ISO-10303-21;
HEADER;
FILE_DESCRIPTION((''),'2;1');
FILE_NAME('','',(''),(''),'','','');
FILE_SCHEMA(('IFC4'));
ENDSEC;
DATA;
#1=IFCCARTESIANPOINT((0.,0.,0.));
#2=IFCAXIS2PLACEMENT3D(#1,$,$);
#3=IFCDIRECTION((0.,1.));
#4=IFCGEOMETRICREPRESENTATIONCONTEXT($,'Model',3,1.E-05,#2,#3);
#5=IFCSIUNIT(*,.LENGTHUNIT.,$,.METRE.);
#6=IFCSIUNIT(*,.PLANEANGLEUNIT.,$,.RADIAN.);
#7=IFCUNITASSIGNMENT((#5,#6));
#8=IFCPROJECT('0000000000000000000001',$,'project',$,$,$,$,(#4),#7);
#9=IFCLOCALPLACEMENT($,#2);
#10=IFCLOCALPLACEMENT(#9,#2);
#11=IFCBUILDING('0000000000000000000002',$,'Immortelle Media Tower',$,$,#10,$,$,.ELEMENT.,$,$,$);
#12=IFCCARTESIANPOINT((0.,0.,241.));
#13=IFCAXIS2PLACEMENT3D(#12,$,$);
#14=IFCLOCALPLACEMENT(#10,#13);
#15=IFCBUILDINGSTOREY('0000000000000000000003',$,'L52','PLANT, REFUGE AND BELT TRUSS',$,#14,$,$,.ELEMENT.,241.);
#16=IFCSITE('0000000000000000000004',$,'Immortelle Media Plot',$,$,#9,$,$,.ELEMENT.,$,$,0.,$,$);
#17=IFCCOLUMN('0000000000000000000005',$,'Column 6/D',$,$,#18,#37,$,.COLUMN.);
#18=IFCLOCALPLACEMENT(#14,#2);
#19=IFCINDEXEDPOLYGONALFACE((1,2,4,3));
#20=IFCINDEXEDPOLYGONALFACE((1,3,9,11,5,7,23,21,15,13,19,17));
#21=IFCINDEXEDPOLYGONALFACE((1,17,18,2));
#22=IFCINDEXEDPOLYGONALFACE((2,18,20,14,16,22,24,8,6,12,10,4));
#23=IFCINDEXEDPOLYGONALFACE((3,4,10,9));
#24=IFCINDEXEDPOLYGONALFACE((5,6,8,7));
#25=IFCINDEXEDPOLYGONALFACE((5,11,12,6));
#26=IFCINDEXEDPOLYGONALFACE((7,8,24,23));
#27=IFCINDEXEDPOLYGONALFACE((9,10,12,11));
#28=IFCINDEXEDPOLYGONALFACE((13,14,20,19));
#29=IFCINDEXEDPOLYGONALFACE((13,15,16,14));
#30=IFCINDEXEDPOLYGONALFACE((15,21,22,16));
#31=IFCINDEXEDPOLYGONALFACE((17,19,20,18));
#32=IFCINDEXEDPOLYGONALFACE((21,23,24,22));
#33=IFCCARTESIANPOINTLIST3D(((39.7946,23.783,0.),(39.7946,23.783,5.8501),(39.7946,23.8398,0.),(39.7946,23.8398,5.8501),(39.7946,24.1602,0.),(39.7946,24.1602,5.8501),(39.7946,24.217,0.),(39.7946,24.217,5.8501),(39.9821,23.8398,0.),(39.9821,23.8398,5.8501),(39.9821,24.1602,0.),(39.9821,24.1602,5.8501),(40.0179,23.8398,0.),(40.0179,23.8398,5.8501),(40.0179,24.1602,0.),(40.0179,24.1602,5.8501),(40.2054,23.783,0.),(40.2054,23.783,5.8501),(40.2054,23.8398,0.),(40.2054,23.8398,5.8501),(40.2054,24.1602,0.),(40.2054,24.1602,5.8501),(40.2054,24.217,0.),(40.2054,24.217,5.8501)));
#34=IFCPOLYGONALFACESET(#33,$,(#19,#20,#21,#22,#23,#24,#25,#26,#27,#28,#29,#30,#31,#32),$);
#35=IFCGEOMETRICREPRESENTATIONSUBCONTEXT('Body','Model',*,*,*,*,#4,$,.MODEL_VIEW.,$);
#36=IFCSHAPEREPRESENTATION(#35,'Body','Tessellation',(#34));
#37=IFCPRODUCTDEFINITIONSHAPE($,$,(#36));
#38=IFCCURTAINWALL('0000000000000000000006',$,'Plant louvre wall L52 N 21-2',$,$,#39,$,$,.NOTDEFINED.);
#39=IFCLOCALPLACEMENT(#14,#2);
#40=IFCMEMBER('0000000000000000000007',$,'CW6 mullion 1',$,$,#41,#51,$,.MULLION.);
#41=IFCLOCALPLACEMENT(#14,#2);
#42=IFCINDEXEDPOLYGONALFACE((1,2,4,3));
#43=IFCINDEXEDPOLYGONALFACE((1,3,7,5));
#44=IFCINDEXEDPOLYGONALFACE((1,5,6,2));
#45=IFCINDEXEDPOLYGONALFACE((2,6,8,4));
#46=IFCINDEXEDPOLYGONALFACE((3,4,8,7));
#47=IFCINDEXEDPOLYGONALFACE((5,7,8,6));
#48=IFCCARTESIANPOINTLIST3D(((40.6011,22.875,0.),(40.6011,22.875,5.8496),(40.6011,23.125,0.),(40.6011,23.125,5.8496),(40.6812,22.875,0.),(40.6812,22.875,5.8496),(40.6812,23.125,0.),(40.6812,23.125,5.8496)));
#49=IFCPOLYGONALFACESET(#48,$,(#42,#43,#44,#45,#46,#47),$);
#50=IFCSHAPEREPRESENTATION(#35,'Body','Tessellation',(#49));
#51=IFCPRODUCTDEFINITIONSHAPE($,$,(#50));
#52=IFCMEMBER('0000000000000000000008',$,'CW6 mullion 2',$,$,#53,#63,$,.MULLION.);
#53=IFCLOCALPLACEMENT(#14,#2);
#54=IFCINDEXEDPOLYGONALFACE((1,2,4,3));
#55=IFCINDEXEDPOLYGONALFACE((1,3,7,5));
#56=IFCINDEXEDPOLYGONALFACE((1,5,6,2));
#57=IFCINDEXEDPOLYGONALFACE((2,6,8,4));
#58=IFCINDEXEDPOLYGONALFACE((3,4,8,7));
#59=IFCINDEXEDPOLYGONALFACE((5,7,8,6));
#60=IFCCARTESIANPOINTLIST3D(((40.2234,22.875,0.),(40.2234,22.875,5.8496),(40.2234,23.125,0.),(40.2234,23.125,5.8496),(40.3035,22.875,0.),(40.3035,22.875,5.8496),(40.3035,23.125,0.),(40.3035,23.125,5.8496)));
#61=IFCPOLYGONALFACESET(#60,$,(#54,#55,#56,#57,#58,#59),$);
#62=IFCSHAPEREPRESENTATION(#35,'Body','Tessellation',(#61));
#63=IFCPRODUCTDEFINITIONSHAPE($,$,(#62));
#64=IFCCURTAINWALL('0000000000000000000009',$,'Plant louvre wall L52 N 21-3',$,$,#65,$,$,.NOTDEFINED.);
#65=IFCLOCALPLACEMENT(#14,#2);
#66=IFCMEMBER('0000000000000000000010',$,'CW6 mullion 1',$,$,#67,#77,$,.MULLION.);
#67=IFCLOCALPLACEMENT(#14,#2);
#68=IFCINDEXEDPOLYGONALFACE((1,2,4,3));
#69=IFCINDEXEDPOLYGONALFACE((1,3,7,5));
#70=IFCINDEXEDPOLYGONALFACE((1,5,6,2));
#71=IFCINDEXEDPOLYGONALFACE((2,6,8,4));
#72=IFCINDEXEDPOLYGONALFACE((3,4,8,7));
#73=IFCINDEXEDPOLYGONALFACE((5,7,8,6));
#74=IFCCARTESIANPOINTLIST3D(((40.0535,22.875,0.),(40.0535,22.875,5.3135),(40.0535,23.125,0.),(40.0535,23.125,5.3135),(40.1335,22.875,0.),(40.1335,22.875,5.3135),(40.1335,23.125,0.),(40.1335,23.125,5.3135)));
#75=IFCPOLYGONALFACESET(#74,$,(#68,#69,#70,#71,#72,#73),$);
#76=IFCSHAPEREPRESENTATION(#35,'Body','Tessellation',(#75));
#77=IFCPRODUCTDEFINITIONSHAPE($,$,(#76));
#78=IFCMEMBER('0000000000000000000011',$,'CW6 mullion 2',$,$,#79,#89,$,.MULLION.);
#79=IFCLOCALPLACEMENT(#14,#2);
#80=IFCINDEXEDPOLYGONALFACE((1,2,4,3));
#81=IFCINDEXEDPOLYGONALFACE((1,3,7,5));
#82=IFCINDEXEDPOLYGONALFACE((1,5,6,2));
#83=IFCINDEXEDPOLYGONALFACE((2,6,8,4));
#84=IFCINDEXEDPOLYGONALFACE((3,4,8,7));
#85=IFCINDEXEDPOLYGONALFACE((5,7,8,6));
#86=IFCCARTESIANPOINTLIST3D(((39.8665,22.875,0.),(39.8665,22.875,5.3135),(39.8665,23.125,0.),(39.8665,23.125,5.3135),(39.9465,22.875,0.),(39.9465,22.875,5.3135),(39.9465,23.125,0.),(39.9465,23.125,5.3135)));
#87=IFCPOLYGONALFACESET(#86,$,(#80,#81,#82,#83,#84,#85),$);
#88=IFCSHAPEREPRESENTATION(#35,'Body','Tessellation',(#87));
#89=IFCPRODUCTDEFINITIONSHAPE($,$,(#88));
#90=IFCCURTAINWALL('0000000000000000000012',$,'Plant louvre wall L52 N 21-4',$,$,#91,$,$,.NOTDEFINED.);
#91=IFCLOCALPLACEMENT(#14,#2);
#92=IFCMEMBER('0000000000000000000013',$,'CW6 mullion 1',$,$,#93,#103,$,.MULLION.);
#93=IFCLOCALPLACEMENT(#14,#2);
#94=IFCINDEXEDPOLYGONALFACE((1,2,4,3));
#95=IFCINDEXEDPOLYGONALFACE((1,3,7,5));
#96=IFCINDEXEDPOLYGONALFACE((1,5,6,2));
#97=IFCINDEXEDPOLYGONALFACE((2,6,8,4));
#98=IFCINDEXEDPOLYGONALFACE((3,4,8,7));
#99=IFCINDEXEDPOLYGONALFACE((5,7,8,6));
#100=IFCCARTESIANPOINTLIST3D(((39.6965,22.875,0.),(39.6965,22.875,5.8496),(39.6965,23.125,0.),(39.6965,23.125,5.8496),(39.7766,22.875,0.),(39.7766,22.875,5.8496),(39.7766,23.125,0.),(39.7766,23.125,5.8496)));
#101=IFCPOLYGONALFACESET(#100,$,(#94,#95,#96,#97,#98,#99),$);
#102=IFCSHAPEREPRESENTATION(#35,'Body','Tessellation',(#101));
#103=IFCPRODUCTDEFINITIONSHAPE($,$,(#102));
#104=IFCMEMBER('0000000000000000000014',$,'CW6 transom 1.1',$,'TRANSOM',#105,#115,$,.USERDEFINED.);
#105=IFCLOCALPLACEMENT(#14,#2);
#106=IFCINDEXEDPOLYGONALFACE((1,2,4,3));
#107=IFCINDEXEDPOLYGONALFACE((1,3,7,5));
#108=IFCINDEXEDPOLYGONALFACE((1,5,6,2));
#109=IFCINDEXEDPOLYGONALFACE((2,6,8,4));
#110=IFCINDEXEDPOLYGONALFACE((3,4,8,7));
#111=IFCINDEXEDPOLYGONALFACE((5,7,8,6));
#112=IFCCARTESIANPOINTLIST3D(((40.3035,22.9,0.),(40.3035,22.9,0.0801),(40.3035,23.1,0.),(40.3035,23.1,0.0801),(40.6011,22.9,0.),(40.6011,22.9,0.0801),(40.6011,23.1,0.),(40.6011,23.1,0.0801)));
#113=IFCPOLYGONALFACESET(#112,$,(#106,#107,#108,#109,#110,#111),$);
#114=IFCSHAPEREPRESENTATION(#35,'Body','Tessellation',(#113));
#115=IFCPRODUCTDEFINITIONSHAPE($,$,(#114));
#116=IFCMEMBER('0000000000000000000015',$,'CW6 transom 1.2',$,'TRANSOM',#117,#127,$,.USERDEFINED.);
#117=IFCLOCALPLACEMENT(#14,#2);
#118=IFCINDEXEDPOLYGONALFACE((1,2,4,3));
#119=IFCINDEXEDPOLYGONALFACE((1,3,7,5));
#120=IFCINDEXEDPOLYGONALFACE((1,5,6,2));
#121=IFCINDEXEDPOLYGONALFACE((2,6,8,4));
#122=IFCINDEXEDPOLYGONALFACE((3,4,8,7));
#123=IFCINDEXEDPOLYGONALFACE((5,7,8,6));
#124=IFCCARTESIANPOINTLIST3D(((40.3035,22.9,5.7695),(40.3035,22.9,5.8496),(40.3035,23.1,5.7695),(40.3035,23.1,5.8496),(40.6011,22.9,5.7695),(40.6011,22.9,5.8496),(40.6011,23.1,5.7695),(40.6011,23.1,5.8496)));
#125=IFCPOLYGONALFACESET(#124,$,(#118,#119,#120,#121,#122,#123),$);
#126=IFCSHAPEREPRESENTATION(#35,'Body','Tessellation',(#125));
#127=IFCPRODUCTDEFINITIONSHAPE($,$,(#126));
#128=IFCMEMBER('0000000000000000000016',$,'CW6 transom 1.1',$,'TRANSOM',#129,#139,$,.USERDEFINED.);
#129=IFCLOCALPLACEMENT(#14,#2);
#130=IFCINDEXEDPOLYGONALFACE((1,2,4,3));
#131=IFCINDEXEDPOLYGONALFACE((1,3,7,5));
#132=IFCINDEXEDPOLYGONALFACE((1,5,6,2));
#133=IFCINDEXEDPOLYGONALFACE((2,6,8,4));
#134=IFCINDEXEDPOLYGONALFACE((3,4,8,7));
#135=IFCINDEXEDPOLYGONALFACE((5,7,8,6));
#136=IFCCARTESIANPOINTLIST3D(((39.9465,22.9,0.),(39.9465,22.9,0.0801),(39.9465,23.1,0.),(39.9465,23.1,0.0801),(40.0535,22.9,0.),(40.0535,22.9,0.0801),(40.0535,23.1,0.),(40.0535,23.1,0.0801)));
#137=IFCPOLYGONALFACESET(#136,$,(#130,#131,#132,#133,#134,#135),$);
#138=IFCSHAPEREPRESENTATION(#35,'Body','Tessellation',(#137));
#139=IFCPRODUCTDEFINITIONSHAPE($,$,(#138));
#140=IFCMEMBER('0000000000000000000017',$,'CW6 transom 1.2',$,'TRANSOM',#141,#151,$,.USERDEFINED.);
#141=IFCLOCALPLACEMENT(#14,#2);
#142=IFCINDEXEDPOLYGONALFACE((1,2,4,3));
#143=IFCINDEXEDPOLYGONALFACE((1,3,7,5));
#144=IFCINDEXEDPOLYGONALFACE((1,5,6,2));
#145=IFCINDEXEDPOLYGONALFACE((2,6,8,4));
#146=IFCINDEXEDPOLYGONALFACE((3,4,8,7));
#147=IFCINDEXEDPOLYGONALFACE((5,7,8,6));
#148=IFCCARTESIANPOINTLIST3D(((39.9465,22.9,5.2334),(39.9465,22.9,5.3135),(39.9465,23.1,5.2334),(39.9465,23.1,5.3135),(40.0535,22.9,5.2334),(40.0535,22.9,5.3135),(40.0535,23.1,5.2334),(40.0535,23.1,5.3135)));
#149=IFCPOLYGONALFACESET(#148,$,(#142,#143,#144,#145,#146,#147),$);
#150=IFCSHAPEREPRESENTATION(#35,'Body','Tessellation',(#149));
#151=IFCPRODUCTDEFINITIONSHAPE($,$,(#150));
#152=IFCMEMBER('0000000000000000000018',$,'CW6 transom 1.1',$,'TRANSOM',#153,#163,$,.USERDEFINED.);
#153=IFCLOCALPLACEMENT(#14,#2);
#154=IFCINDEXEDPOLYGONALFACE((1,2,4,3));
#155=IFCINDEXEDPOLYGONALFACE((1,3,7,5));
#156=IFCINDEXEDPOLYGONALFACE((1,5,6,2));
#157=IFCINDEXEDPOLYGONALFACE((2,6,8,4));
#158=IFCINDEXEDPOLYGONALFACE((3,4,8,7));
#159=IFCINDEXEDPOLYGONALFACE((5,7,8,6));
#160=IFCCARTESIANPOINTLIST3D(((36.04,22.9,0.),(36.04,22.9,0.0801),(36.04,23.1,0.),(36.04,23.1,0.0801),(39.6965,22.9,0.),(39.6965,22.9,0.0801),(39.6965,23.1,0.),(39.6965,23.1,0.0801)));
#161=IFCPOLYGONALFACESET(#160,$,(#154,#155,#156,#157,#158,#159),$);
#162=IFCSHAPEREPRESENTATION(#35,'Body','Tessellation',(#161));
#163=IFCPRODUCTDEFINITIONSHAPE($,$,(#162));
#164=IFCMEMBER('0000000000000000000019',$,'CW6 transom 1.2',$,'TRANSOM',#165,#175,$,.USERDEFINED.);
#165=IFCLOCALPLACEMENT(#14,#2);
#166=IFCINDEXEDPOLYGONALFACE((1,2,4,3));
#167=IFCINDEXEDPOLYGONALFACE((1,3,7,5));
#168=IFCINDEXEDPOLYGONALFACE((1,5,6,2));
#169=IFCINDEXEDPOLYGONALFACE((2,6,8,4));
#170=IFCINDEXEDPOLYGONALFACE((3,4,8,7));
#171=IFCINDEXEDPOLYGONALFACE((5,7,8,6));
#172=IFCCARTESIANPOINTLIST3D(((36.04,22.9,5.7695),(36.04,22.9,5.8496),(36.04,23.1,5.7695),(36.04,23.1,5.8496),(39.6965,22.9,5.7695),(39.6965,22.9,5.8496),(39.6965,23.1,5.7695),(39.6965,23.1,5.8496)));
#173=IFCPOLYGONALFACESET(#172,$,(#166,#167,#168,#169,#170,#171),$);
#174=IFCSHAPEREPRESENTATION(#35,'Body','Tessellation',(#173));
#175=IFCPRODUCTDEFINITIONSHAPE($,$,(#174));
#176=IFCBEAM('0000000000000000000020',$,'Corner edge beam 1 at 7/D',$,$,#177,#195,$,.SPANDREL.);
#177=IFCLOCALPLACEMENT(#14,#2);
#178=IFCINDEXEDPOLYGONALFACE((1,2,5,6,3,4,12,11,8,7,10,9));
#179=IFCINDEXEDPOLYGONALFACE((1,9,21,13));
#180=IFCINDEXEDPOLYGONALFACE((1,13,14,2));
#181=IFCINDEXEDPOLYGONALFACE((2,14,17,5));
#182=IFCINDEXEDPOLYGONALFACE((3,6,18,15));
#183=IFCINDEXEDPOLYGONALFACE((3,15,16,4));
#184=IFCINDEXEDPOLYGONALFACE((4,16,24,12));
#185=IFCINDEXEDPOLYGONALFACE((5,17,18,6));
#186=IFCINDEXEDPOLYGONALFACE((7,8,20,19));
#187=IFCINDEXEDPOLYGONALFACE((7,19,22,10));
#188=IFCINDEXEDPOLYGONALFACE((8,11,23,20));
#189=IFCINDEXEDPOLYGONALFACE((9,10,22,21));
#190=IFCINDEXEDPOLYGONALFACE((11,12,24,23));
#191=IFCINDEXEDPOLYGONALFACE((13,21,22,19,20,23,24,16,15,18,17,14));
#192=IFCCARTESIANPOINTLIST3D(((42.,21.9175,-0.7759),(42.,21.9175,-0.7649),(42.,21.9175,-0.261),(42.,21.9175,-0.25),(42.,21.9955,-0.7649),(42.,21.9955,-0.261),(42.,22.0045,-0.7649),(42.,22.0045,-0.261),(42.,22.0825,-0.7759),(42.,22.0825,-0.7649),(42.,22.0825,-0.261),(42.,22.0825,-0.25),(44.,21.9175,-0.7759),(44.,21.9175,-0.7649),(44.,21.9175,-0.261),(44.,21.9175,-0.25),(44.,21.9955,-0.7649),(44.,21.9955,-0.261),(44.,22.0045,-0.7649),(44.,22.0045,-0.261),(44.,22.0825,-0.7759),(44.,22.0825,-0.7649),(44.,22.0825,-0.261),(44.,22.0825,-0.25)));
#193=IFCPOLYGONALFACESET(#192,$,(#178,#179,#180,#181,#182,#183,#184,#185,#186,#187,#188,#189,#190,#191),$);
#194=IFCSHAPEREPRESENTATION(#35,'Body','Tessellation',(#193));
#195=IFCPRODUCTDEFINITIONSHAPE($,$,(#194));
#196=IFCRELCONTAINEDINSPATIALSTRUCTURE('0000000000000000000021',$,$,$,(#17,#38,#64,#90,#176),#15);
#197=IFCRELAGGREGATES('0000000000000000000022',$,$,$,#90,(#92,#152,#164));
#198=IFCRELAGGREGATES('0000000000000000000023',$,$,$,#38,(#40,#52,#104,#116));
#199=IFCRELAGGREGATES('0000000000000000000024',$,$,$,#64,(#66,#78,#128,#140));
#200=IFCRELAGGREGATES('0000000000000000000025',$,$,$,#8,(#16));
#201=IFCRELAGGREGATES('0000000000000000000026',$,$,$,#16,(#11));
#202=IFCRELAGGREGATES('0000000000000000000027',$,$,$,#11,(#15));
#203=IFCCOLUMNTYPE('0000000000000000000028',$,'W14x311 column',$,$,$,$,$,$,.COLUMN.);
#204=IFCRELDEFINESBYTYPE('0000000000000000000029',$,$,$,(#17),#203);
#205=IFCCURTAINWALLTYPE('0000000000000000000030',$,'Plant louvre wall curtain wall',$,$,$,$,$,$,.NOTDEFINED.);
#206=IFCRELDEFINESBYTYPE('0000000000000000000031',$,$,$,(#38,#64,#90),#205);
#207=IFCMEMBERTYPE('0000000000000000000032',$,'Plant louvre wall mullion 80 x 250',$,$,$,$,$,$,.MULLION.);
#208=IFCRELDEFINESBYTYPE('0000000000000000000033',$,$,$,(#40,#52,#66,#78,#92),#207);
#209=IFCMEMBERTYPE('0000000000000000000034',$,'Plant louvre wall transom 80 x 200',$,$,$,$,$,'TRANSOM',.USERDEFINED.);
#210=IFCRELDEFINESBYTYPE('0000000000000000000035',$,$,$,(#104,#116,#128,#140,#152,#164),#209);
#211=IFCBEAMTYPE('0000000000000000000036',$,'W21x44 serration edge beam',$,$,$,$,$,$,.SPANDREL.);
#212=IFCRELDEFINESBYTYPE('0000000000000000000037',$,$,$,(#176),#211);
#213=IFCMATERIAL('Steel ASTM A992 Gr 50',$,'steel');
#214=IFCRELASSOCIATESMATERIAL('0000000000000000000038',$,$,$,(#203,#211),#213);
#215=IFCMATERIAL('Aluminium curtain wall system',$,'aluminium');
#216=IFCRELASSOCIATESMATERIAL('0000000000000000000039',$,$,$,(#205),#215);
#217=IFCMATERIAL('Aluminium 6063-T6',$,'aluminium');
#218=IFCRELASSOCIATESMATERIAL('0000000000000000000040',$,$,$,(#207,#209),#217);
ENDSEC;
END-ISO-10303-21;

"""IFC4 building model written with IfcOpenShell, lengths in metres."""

from ifc_helpers import new_model, si_unit, direction, frame, origin, origin_2d, place, context, subcontext, project, spatial, rectangle, i_section, extrude, material, material_profile, profile_set, type_object, element, aggregate, save


model = new_model("IFC4")

# Units and contexts
model_context = context("Model", 3, precision=1e-05, world=origin(), true_north=direction((0.0, 1.0)))
body_context = subcontext(model_context, "Body", "Model", "MODEL_VIEW")
ifc_project = project(units=[si_unit("LENGTHUNIT", "METRE"), si_unit("PLANEANGLEUNIT", "RADIAN")], contexts=[model_context])

# Site, building, storey
site_placement = place(None, origin())
site = spatial("IfcSite", under=ifc_project, at=site_placement, Name="Immortelle Media Plot", CompositionType="ELEMENT", RefElevation=0.0)
building_placement = place(site_placement, origin())
building = spatial("IfcBuilding", under=site, at=building_placement, Name="Immortelle Media Tower", CompositionType="ELEMENT")
storey_placement = place(building_placement, frame((0.0, 0.0, 241.0)))
storey = spatial("IfcBuildingStorey", under=building, at=storey_placement, Name="L52", Description="PLANT, REFUGE AND BELT TRUSS", CompositionType="ELEMENT", Elevation=241.0)

# Column
ifc_material_1 = material(Name="Steel ASTM A992 Gr 50", Category="steel")
ifc_material_profile_1 = material_profile(ifc_material_1, i_section(OverallWidth=0.4109, OverallDepth=0.4341, WebThickness=0.0359, FlangeThickness=0.0569, at=origin_2d()), Name="W14x311")
ifc_profile_set_1 = profile_set([ifc_material_profile_1], Name="Steel ASTM A992 Gr 50")
column_type = type_object("IfcColumnType", Name="W14x311 column", PredefinedType="COLUMN", material=ifc_profile_set_1)
column_placement = place(storey_placement, frame((40.0, 24.0, 0.0), z_axis=(0.0, 0.0, 1.0), x_axis=(1.0, 0.0, 0.0)))
element("IfcColumn", 1, at=column_placement, inside=storey, type_object=column_type, Name="Column 6/D", PredefinedType="COLUMN", context=body_context, shape_type="SweptSolid", body=[
    extrude(i_section(OverallWidth=0.4109, OverallDepth=0.4341, WebThickness=0.0359, FlangeThickness=0.0569, at=origin_2d()), origin(), (0.0, 0.0, 1.0), 5.8501),
])

# Curtain walls, members
ifc_material_2 = material(Name="Aluminium curtain wall system", Category="aluminium")
curtain_wall_type = type_object("IfcCurtainWallType", Name="Plant louvre wall curtain wall", PredefinedType="NOTDEFINED", material=ifc_material_2)
curtain_wall_1_placement = place(storey_placement, origin())
curtain_wall_1 = element("IfcCurtainWall", 2, at=curtain_wall_1_placement, inside=storey, type_object=curtain_wall_type, Name="Plant louvre wall L52 N 21-2", PredefinedType="NOTDEFINED")
ifc_material_3 = material(Name="Aluminium 6063-T6", Category="aluminium")
ifc_material_profile_2 = material_profile(ifc_material_3, rectangle(XDim=0.25, YDim=0.0801, at=origin_2d()), Name="AL 80x250")
ifc_profile_set_2 = profile_set([ifc_material_profile_2], Name="Aluminium 6063-T6")
member_type_1 = type_object("IfcMemberType", Name="Plant louvre wall mullion 80 x 250", PredefinedType="MULLION", material=ifc_profile_set_2)
member_1_placement = place(storey_placement, frame((40.6411, 23.0, 0.0), z_axis=(0.0, 0.0, 1.0), x_axis=(0.0, -1.0, 0.0)))
member_1 = element("IfcMember", 3, at=member_1_placement, type_object=member_type_1, Name="CW6 mullion 1", PredefinedType="MULLION", context=body_context, shape_type="SweptSolid", body=[
    extrude(rectangle(XDim=0.25, YDim=0.0801, at=origin_2d()), origin(), (0.0, 0.0, 1.0), 5.8496),
])
member_2_placement = place(storey_placement, frame((40.2634, 23.0, 0.0), z_axis=(0.0, 0.0, 1.0), x_axis=(0.0, -1.0, 0.0)))
member_2 = element("IfcMember", 4, at=member_2_placement, type_object=member_type_1, Name="CW6 mullion 2", PredefinedType="MULLION", context=body_context, shape_type="SweptSolid", body=[
    extrude(rectangle(XDim=0.25, YDim=0.0801, at=origin_2d()), origin(), (0.0, 0.0, 1.0), 5.8496),
])
curtain_wall_2_placement = place(storey_placement, origin())
curtain_wall_2 = element("IfcCurtainWall", 5, at=curtain_wall_2_placement, inside=storey, type_object=curtain_wall_type, Name="Plant louvre wall L52 N 21-3", PredefinedType="NOTDEFINED")
member_3_placement = place(storey_placement, frame((40.0935, 23.0, 0.0), z_axis=(0.0, 0.0, 1.0), x_axis=(0.0, -1.0, 0.0)))
member_3 = element("IfcMember", 6, at=member_3_placement, type_object=member_type_1, Name="CW6 mullion 1", PredefinedType="MULLION", context=body_context, shape_type="SweptSolid", body=[
    extrude(rectangle(XDim=0.25, YDim=0.0801, at=origin_2d()), origin(), (0.0, 0.0, 1.0), 5.3135),
])
member_4_placement = place(storey_placement, frame((39.9065, 23.0, 0.0), z_axis=(0.0, 0.0, 1.0), x_axis=(0.0, -1.0, 0.0)))
member_4 = element("IfcMember", 7, at=member_4_placement, type_object=member_type_1, Name="CW6 mullion 2", PredefinedType="MULLION", context=body_context, shape_type="SweptSolid", body=[
    extrude(rectangle(XDim=0.25, YDim=0.0801, at=origin_2d()), origin(), (0.0, 0.0, 1.0), 5.3135),
])

# Curtain wall, member
curtain_wall_3_placement = place(storey_placement, origin())
curtain_wall_3 = element("IfcCurtainWall", 8, at=curtain_wall_3_placement, inside=storey, type_object=curtain_wall_type, Name="Plant louvre wall L52 N 21-4", PredefinedType="NOTDEFINED")
member_5_placement = place(storey_placement, frame((39.7366, 23.0, 0.0), z_axis=(0.0, 0.0, 1.0), x_axis=(0.0, -1.0, 0.0)))
member_5 = element("IfcMember", 9, at=member_5_placement, type_object=member_type_1, Name="CW6 mullion 1", PredefinedType="MULLION", context=body_context, shape_type="SweptSolid", body=[
    extrude(rectangle(XDim=0.25, YDim=0.0801, at=origin_2d()), origin(), (0.0, 0.0, 1.0), 5.8496),
])

# Members
ifc_material_profile_3 = material_profile(ifc_material_3, rectangle(XDim=0.2, YDim=0.0801, at=origin_2d()), Name="AL 80x200")
ifc_profile_set_3 = profile_set([ifc_material_profile_3], Name="Aluminium 6063-T6")
member_type_2 = type_object("IfcMemberType", Name="Plant louvre wall transom 80 x 200", ElementType="TRANSOM", PredefinedType="USERDEFINED", material=ifc_profile_set_3)
member_6_placement = place(storey_placement, frame((40.6011, 23.0, 0.04), z_axis=(-1.0, 0.0, 0.0), x_axis=(0.0, -1.0, 0.0)))
member_6 = element("IfcMember", 10, at=member_6_placement, type_object=member_type_2, Name="CW6 transom 1.1", ObjectType="TRANSOM", PredefinedType="USERDEFINED", context=body_context, shape_type="SweptSolid", body=[
    extrude(rectangle(XDim=0.2, YDim=0.0801, at=origin_2d()), origin(), (0.0, 0.0, 1.0), 0.2976),
])
member_7_placement = place(storey_placement, frame((40.6011, 23.0, 5.8096), z_axis=(-1.0, 0.0, 0.0), x_axis=(0.0, -1.0, 0.0)))
member_7 = element("IfcMember", 11, at=member_7_placement, type_object=member_type_2, Name="CW6 transom 1.2", ObjectType="TRANSOM", PredefinedType="USERDEFINED", context=body_context, shape_type="SweptSolid", body=[
    extrude(rectangle(XDim=0.2, YDim=0.0801, at=origin_2d()), origin(), (0.0, 0.0, 1.0), 0.2976),
])
member_8_placement = place(storey_placement, frame((40.0535, 23.0, 0.04), z_axis=(-1.0, 0.0, 0.0), x_axis=(0.0, -1.0, 0.0)))
member_8 = element("IfcMember", 12, at=member_8_placement, type_object=member_type_2, Name="CW6 transom 1.1", ObjectType="TRANSOM", PredefinedType="USERDEFINED", context=body_context, shape_type="SweptSolid", body=[
    extrude(rectangle(XDim=0.2, YDim=0.0801, at=origin_2d()), origin(), (0.0, 0.0, 1.0), 0.1069),
])
member_9_placement = place(storey_placement, frame((40.0535, 23.0, 5.2734), z_axis=(-1.0, 0.0, 0.0), x_axis=(0.0, -1.0, 0.0)))
member_9 = element("IfcMember", 13, at=member_9_placement, type_object=member_type_2, Name="CW6 transom 1.2", ObjectType="TRANSOM", PredefinedType="USERDEFINED", context=body_context, shape_type="SweptSolid", body=[
    extrude(rectangle(XDim=0.2, YDim=0.0801, at=origin_2d()), origin(), (0.0, 0.0, 1.0), 0.1069),
])
member_10_placement = place(storey_placement, frame((39.6965, 23.0, 0.04), z_axis=(-1.0, 0.0, 0.0), x_axis=(0.0, -1.0, 0.0)))
member_10 = element("IfcMember", 14, at=member_10_placement, type_object=member_type_2, Name="CW6 transom 1.1", ObjectType="TRANSOM", PredefinedType="USERDEFINED", context=body_context, shape_type="SweptSolid", body=[
    extrude(rectangle(XDim=0.2, YDim=0.0801, at=origin_2d()), origin(), (0.0, 0.0, 1.0), 3.6565),
])
member_11_placement = place(storey_placement, frame((39.6965, 23.0, 5.8096), z_axis=(-1.0, 0.0, 0.0), x_axis=(0.0, -1.0, 0.0)))
member_11 = element("IfcMember", 15, at=member_11_placement, type_object=member_type_2, Name="CW6 transom 1.2", ObjectType="TRANSOM", PredefinedType="USERDEFINED", context=body_context, shape_type="SweptSolid", body=[
    extrude(rectangle(XDim=0.2, YDim=0.0801, at=origin_2d()), origin(), (0.0, 0.0, 1.0), 3.6565),
])
aggregate(curtain_wall_3, [member_5, member_10, member_11])

# Beam
ifc_material_profile_4 = material_profile(ifc_material_1, i_section(OverallWidth=0.165, OverallDepth=0.5259, WebThickness=0.009, FlangeThickness=0.011, at=origin_2d()), Name="W21x44")
ifc_profile_set_4 = profile_set([ifc_material_profile_4], Name="Steel ASTM A992 Gr 50")
beam_type_1 = type_object("IfcBeamType", Name="W21x44 serration edge beam", PredefinedType="SPANDREL", material=ifc_profile_set_4)
for number, where, z_axis, x_axis, name in (
    (16, (42.0, 22.0, -0.5129), (1.0, 0.0, 0.0), (0.0, 1.0, 0.0), "Corner edge beam 1 at 7/D"),
):
    element("IfcBeam", number, at=place(storey_placement, frame(where, z_axis=z_axis, x_axis=x_axis)), inside=storey, type_object=beam_type_1, Name=name, PredefinedType="SPANDREL", context=body_context, shape_type="SweptSolid", body=[
        extrude(i_section(OverallWidth=0.165, OverallDepth=0.5259, WebThickness=0.009, FlangeThickness=0.011, at=origin_2d()), origin(), (0.0, 0.0, 1.0), 2.0),
    ])

aggregate(curtain_wall_1, [member_1, member_2, member_6, member_7])
aggregate(curtain_wall_2, [member_3, member_4, member_8, member_9])

save(model, "model.ifc")
